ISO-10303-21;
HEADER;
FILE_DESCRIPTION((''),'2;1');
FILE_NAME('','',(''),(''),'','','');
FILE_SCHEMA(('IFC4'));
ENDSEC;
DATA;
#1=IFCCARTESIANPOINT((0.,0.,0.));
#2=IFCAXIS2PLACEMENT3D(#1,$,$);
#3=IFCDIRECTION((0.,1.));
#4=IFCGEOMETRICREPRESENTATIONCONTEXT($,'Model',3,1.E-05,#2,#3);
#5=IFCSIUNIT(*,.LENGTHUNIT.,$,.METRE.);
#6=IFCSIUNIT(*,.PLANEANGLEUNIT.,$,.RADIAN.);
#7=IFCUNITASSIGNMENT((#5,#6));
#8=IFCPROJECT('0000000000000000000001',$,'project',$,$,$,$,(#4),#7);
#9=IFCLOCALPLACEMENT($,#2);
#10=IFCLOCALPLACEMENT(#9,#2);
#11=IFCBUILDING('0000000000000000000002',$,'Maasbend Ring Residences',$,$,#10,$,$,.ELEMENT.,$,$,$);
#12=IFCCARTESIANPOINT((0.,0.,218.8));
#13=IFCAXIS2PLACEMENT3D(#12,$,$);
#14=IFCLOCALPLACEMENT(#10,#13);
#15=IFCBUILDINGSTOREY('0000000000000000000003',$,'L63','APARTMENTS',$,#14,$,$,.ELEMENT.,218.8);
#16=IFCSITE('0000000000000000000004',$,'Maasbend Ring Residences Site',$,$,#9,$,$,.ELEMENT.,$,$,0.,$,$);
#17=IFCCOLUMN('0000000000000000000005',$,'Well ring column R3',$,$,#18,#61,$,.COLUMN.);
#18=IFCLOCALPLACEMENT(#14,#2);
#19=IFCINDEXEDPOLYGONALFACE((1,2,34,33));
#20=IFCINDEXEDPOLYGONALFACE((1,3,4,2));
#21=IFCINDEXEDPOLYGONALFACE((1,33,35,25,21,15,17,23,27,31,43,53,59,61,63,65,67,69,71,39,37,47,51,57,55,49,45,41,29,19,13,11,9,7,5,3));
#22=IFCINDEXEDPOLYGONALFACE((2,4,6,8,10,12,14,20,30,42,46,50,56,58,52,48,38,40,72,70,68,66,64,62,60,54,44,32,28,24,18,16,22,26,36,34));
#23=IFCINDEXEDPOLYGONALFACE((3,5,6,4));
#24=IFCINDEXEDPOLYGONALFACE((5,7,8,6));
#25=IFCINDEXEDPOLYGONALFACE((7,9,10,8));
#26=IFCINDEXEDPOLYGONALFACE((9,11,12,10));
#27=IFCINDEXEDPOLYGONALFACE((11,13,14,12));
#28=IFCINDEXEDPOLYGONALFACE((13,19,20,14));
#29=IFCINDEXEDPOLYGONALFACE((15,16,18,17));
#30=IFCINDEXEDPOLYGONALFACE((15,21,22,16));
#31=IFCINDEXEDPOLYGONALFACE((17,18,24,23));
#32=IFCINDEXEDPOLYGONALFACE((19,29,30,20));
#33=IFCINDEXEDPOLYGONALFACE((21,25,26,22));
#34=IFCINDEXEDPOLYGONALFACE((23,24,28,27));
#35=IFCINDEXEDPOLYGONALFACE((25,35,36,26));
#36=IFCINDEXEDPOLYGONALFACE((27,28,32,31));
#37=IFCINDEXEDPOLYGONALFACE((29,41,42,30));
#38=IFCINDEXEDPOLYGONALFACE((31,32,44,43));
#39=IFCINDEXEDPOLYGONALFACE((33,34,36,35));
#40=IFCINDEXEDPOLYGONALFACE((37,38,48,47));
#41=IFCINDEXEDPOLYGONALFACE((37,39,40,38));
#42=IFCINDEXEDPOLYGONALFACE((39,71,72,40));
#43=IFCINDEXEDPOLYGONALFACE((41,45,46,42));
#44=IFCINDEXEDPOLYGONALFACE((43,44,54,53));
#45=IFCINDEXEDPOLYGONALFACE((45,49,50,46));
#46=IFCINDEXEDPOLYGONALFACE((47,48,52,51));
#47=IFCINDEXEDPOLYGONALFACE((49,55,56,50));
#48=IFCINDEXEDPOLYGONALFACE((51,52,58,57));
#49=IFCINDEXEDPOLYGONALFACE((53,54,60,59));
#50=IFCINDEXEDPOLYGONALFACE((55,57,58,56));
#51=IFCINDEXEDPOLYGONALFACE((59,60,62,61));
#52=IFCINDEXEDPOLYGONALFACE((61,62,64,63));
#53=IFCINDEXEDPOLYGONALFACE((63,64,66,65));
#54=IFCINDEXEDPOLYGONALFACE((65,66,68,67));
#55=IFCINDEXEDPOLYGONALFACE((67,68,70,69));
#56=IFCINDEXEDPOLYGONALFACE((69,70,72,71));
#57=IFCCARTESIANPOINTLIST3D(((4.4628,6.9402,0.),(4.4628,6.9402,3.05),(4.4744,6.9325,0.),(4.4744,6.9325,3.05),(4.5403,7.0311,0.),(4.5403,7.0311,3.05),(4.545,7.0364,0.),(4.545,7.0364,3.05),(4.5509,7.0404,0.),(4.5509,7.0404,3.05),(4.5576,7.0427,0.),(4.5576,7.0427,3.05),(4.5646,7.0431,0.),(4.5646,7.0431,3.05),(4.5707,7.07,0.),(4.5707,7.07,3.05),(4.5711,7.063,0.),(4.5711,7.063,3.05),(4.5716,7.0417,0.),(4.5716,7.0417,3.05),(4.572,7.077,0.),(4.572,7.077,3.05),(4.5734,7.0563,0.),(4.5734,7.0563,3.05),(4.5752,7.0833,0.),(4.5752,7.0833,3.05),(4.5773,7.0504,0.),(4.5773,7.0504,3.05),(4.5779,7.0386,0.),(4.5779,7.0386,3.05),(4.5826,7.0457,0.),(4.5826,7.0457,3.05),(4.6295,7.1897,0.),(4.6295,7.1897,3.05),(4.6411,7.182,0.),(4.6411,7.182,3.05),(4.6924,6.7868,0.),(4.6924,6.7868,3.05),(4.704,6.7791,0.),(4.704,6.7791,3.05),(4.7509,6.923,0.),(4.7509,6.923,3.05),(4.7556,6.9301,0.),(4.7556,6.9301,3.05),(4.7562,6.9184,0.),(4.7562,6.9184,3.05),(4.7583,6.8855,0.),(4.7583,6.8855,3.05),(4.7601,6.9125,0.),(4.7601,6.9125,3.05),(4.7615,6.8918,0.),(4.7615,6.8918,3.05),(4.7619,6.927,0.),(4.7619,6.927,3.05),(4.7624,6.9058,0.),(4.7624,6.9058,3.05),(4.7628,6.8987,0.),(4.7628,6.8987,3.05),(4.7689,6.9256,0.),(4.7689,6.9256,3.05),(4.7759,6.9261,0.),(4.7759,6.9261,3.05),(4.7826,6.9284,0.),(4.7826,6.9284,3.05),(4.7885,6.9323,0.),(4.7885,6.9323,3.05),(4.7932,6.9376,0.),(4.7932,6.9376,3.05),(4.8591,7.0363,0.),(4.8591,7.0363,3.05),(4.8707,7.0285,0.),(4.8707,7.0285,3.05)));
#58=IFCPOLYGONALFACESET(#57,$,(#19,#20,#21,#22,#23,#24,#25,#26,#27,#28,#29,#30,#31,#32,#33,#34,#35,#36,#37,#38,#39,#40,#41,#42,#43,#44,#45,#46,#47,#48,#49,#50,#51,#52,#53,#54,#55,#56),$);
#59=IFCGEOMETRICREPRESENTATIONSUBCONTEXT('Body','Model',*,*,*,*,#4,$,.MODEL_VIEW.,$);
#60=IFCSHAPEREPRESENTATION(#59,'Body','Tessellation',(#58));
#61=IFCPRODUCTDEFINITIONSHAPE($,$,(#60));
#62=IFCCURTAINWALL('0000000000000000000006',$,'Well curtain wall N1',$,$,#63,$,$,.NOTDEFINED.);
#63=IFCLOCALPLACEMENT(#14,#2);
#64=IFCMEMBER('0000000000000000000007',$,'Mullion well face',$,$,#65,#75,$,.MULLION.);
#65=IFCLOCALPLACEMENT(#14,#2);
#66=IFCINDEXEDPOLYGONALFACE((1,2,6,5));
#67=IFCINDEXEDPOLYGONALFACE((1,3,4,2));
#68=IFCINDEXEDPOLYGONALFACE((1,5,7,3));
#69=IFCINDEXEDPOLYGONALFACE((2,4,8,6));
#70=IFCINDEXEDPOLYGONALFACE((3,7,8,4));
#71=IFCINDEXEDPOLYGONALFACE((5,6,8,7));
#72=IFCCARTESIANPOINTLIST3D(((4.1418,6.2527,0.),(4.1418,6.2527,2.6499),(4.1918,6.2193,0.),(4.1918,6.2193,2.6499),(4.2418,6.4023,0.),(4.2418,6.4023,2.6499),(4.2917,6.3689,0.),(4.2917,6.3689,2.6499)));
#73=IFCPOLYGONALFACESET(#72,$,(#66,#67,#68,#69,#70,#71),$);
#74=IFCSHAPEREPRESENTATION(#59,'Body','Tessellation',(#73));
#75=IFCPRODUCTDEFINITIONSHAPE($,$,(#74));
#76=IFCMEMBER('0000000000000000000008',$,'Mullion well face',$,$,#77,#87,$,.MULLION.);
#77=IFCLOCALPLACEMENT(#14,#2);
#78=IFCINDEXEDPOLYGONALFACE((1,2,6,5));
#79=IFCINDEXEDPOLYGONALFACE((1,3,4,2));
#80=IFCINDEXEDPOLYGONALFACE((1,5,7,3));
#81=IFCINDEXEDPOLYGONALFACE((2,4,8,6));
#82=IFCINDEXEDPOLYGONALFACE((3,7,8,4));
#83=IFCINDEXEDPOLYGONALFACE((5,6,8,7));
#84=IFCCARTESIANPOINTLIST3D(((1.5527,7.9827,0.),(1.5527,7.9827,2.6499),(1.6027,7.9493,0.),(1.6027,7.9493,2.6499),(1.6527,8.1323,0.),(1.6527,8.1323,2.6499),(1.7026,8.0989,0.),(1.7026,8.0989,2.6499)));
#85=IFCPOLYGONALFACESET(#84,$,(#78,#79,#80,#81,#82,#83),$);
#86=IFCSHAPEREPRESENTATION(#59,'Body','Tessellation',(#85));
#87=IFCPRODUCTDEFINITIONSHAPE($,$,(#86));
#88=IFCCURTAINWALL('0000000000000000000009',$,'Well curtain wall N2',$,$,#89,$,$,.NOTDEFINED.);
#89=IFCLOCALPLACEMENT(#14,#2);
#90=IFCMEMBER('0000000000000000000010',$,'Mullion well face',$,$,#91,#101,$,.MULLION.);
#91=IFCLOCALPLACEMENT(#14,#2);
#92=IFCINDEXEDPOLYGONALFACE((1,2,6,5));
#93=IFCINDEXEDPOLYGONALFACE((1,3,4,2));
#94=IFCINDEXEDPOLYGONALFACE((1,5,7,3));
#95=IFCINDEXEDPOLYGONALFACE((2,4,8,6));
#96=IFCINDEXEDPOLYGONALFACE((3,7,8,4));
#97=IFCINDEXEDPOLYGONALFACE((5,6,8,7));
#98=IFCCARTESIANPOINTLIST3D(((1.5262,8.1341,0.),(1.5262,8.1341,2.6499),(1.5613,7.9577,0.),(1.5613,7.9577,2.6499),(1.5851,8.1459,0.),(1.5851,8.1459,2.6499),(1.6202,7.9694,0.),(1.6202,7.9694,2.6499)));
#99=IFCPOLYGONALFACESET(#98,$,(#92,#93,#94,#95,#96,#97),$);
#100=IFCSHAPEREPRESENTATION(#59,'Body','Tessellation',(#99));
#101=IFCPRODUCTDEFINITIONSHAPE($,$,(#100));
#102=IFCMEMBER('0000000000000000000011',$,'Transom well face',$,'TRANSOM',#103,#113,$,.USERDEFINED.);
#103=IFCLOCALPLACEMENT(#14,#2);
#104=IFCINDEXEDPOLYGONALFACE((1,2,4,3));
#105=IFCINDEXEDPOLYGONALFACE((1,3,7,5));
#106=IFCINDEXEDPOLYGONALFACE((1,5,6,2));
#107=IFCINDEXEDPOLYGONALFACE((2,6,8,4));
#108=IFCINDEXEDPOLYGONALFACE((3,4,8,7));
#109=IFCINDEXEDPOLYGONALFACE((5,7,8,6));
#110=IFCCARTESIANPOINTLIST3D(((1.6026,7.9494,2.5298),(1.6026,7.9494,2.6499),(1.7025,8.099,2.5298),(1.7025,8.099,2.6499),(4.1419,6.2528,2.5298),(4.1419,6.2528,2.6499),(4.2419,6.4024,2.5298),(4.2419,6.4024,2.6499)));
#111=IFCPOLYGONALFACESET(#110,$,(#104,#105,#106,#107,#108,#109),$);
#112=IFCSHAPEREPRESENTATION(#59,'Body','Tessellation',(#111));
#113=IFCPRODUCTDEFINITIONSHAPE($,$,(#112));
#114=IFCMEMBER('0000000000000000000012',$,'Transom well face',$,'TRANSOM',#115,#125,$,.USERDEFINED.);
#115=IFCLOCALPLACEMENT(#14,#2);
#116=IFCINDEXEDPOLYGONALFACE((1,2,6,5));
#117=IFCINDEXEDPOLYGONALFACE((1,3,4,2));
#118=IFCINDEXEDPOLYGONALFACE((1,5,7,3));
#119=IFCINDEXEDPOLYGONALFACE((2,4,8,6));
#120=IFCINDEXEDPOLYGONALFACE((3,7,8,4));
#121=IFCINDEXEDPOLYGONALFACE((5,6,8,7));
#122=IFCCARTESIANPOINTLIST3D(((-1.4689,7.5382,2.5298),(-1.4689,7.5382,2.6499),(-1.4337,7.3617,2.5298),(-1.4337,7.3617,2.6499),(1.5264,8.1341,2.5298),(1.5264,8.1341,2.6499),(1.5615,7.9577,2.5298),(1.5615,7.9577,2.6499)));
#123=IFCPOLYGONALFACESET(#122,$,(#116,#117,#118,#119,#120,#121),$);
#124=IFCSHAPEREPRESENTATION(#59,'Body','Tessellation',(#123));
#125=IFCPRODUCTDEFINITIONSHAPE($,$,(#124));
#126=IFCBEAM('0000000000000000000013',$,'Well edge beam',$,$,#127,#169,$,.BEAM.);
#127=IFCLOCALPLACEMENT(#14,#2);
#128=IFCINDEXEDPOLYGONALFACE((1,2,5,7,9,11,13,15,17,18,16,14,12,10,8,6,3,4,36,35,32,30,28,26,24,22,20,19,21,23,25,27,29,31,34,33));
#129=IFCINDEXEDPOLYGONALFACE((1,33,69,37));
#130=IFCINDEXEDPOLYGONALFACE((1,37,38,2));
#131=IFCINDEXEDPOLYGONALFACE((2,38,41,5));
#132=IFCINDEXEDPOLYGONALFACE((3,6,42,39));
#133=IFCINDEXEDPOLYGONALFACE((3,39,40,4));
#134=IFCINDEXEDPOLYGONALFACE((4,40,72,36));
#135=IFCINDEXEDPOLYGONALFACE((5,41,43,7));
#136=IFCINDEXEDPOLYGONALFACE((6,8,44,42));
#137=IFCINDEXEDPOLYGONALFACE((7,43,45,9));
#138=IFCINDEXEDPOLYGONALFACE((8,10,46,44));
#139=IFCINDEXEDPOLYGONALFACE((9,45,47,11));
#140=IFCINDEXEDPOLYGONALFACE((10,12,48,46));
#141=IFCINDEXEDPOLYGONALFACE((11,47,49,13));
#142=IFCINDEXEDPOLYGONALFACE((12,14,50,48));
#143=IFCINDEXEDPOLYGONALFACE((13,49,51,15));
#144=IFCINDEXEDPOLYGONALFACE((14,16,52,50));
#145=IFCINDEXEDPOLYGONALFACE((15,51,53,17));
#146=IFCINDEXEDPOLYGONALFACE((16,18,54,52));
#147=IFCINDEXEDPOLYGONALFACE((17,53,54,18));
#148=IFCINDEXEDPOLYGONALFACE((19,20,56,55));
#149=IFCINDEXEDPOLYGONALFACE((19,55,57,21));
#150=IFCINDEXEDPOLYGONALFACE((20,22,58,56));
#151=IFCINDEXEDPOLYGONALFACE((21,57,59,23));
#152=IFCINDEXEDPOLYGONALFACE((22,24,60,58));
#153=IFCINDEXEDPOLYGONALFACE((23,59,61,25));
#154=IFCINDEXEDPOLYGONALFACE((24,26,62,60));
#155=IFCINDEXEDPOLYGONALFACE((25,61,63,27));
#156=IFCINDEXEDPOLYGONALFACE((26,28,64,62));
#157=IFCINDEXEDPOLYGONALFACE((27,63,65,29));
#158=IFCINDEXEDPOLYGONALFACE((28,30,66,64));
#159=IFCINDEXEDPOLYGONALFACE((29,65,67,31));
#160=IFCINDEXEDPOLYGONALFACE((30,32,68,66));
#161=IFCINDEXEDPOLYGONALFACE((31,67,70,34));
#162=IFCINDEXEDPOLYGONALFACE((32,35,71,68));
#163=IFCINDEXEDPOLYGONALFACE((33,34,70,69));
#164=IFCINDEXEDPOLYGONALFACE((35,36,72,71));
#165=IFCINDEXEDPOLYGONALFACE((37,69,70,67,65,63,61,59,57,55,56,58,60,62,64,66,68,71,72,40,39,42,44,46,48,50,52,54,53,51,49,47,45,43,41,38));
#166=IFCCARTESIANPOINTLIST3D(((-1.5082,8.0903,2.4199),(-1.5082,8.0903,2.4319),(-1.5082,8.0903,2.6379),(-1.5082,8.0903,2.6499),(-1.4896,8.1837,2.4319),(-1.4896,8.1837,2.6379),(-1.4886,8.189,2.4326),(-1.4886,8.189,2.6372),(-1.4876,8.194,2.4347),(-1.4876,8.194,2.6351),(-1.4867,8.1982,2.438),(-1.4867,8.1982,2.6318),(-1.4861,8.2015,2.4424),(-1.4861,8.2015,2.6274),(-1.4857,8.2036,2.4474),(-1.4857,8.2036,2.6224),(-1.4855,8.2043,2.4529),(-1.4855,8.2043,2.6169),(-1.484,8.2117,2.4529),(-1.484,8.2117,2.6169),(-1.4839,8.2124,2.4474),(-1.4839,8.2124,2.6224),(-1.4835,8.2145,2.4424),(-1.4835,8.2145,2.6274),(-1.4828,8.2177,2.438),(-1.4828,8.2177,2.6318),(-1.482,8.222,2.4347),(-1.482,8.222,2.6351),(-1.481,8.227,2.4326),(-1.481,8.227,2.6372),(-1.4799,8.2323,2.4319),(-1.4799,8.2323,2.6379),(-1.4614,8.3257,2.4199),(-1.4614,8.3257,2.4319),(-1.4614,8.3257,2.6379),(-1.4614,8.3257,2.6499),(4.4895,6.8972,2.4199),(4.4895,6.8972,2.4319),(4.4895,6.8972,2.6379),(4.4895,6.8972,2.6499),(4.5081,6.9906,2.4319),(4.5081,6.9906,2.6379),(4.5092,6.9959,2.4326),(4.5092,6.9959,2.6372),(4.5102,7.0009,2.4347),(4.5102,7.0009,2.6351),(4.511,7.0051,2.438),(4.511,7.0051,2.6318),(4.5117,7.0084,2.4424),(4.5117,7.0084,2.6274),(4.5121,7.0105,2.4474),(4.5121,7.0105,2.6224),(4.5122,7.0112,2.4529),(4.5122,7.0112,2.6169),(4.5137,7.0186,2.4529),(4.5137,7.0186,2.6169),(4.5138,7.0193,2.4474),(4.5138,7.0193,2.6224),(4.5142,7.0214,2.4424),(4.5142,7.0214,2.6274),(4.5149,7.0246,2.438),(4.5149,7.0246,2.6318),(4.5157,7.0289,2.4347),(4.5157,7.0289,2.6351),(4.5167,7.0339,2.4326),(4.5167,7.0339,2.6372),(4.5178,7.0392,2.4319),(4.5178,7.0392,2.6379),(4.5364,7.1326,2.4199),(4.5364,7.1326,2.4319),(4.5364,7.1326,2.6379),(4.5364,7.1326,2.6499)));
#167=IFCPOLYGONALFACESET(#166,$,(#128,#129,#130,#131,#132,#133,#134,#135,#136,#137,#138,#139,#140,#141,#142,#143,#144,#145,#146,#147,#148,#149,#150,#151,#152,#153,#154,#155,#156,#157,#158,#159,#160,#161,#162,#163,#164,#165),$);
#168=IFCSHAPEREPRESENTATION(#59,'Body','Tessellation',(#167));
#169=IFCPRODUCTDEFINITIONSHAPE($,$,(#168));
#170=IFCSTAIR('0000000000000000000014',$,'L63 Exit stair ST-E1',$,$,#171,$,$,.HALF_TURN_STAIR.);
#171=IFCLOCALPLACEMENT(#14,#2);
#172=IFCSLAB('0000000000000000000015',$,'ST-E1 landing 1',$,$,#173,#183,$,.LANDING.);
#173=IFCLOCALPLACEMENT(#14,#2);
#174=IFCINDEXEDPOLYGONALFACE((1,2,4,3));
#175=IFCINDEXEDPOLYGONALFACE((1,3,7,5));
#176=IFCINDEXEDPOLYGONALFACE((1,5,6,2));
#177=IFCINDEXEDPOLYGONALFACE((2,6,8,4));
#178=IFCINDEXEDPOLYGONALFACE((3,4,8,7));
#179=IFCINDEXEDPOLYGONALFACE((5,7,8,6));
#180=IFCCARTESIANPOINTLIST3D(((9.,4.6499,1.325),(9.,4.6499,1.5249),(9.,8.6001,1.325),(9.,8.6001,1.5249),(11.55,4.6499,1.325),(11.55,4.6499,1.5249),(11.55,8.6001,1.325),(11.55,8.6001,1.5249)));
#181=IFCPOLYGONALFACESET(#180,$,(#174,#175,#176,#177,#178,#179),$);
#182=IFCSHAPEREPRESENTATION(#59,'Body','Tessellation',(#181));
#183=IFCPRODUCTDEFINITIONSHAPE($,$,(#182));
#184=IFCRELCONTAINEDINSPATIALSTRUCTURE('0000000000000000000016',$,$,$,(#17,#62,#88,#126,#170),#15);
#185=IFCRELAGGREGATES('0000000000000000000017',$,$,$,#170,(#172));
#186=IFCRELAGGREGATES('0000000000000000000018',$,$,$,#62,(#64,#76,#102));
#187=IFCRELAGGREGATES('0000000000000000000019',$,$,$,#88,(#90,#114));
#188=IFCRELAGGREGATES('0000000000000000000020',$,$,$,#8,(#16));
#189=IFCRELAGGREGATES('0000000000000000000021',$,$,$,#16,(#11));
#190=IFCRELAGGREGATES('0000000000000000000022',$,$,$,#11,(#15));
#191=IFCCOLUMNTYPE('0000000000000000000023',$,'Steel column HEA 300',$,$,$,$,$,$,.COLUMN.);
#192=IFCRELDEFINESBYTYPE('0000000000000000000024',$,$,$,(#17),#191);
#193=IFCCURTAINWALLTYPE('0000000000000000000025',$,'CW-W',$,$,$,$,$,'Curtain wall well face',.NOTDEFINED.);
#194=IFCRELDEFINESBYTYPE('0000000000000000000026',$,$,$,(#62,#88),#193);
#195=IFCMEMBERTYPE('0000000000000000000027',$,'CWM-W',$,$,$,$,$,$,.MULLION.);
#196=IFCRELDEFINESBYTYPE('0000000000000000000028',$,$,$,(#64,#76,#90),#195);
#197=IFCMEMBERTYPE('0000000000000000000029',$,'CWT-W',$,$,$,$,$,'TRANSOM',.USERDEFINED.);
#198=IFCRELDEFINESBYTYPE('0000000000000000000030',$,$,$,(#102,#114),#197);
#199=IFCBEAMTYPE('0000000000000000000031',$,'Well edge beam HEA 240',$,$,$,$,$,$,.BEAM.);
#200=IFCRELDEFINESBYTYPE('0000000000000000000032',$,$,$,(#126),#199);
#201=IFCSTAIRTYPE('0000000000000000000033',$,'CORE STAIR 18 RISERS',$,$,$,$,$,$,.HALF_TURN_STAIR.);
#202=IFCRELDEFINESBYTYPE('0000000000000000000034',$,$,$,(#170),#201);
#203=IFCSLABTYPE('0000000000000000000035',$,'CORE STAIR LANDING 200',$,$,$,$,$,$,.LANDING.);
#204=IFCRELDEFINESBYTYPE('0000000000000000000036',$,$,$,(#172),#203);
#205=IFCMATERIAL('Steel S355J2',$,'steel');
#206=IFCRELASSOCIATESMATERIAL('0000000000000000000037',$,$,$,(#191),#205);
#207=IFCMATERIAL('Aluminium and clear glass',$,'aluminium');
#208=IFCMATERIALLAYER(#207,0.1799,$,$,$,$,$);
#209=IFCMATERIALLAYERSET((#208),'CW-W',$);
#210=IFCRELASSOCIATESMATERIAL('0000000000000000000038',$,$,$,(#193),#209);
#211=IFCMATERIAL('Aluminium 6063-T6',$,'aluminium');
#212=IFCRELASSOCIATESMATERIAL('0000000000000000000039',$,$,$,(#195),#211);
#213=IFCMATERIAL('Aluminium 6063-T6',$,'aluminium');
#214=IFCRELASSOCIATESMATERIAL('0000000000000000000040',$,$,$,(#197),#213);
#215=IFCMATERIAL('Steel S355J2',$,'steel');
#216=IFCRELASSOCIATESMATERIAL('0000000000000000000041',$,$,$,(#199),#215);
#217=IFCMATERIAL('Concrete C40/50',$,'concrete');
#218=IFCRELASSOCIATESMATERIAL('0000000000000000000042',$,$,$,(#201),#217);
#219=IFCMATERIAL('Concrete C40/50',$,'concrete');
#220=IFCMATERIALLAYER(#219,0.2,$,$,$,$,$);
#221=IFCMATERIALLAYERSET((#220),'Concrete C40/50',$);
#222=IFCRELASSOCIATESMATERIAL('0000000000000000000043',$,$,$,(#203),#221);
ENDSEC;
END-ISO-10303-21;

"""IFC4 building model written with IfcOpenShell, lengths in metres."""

from ifc_helpers import new_model, si_unit, direction, frame, origin, origin_2d, place, context, subcontext, project, spatial, polyline, rectangle, i_section, outline, extrude, material, layer, layer_set, material_profile, profile_set, type_object, element, aggregate, save


model = new_model("IFC4")

# Units and contexts
model_context = context("Model", 3, precision=1e-05, world=origin(), true_north=direction((0.0, 1.0)))
body_context = subcontext(model_context, "Body", "Model", "MODEL_VIEW")
ifc_project = project(units=[si_unit("LENGTHUNIT", "METRE"), si_unit("PLANEANGLEUNIT", "RADIAN")], contexts=[model_context])

# Site, building, storey
site_placement = place(None, origin())
site = spatial("IfcSite", under=ifc_project, at=site_placement, Name="Maasbend Ring Residences Site", CompositionType="ELEMENT", RefElevation=0.0)
building_placement = place(site_placement, origin())
building = spatial("IfcBuilding", under=site, at=building_placement, Name="Maasbend Ring Residences", CompositionType="ELEMENT")
storey_placement = place(building_placement, frame((0.0, 0.0, 218.8)))
storey = spatial("IfcBuildingStorey", under=building, at=storey_placement, Name="L63", Description="APARTMENTS", CompositionType="ELEMENT", Elevation=218.8)

# Column
ifc_material_1 = material(Name="Steel S355J2", Category="steel")
ifc_material_profile_1 = material_profile(ifc_material_1, i_section(OverallWidth=0.3, OverallDepth=0.29, WebThickness=0.0085, FlangeThickness=0.0139, FilletRadius=0.0271, at=origin_2d()), Name="HEA 300")
ifc_profile_set_1 = profile_set([ifc_material_profile_1], Name="Steel S355J2")
column_type = type_object("IfcColumnType", Name="Steel column HEA 300", PredefinedType="COLUMN", material=ifc_profile_set_1)
column_placement = place(storey_placement, frame((4.6667, 6.9844, 0.0), z_axis=(0.0, 0.0, 1.0), x_axis=(0.55557, 0.83147, 0.0)))
element("IfcColumn", 1, at=column_placement, inside=storey, type_object=column_type, Name="Well ring column R3", PredefinedType="COLUMN", context=body_context, shape_type="SweptSolid", body=[
    extrude(i_section(OverallWidth=0.3, OverallDepth=0.29, WebThickness=0.0085, FlangeThickness=0.0139, FilletRadius=0.0271, at=origin_2d()), origin(), (0.0, 0.0, 1.0), 3.05),
])

# Curtain wall, members
ifc_material_2 = material(Name="Aluminium and clear glass", Category="aluminium")
ifc_layer_1 = layer(ifc_material_2, 0.1799)
ifc_layer_set_1 = layer_set([ifc_layer_1], Name="CW-W")
curtain_wall_type = type_object("IfcCurtainWallType", Name="CW-W", ElementType="Curtain wall well face", PredefinedType="NOTDEFINED", material=ifc_layer_set_1)
curtain_wall_1_placement = place(storey_placement, origin())
curtain_wall_1 = element("IfcCurtainWall", 2, at=curtain_wall_1_placement, inside=storey, type_object=curtain_wall_type, Name="Well curtain wall N1", PredefinedType="NOTDEFINED")
ifc_material_3 = material(Name="Aluminium 6063-T6", Category="aluminium")
ifc_material_profile_2 = material_profile(ifc_material_3, rectangle(XDim=0.1799, YDim=0.0601, at=origin_2d()), Name="AL 180x60")
ifc_profile_set_2 = profile_set([ifc_material_profile_2], Name="Aluminium 6063-T6")
member_type_1 = type_object("IfcMemberType", Name="CWM-W", PredefinedType="MULLION", material=ifc_profile_set_2)
member_1_placement = place(storey_placement, frame((4.2168, 6.3108, 0.0), z_axis=(0.0, 0.0, 1.0), x_axis=(-0.55557, -0.83147, 0.0)))
member_1 = element("IfcMember", 3, at=member_1_placement, type_object=member_type_1, Name="Mullion well face", PredefinedType="MULLION", context=body_context, shape_type="SweptSolid", body=[
    extrude(rectangle(XDim=0.1799, YDim=0.0601, at=origin_2d()), origin(), (0.0, 0.0, 1.0), 2.6499),
])
member_2_placement = place(storey_placement, frame((1.6277, 8.0408, 0.0), z_axis=(0.0, 0.0, 1.0), x_axis=(-0.55557, -0.83147, 0.0)))
member_2 = element("IfcMember", 4, at=member_2_placement, type_object=member_type_1, Name="Mullion well face", PredefinedType="MULLION", context=body_context, shape_type="SweptSolid", body=[
    extrude(rectangle(XDim=0.1799, YDim=0.0601, at=origin_2d()), origin(), (0.0, 0.0, 1.0), 2.6499),
])

# Curtain wall, member
curtain_wall_2_placement = place(storey_placement, origin())
curtain_wall_2 = element("IfcCurtainWall", 5, at=curtain_wall_2_placement, inside=storey, type_object=curtain_wall_type, Name="Well curtain wall N2", PredefinedType="NOTDEFINED")
member_3_placement = place(storey_placement, frame((1.5732, 8.0518, 0.0), z_axis=(0.0, 0.0, 1.0), x_axis=(0.19509, -0.980785, 0.0)))
member_3 = element("IfcMember", 6, at=member_3_placement, type_object=member_type_1, Name="Mullion well face", PredefinedType="MULLION", context=body_context, shape_type="SweptSolid", body=[
    extrude(rectangle(XDim=0.1799, YDim=0.0601, at=origin_2d()), origin(), (0.0, 0.0, 1.0), 2.6499),
])

# Members
ifc_material_4 = material(Name="Aluminium 6063-T6", Category="aluminium")
ifc_material_profile_3 = material_profile(ifc_material_4, rectangle(XDim=0.1799, YDim=0.1201, at=origin_2d()), Name="AL 180x120")
ifc_profile_set_3 = profile_set([ifc_material_profile_3], Name="Aluminium 6063-T6")
member_type_2 = type_object("IfcMemberType", Name="CWT-W", ElementType="TRANSOM", PredefinedType="USERDEFINED", material=ifc_profile_set_3)
member_4_placement = place(storey_placement, frame((4.1919, 6.3276, 2.5898), z_axis=(-0.831496, 0.55553, 0.0), x_axis=(-0.55553, -0.831496, 0.0)))
member_4 = element("IfcMember", 7, at=member_4_placement, type_object=member_type_2, Name="Transom well face", ObjectType="TRANSOM", PredefinedType="USERDEFINED", context=body_context, shape_type="SweptSolid", body=[
    extrude(rectangle(XDim=0.1799, YDim=0.1201, at=origin_2d()), origin(), (0.0, 0.0, 1.0), 3.054),
])
member_5_placement = place(storey_placement, frame((1.5439, 8.0459, 2.5898), z_axis=(-0.980777, -0.195132, 0.0), x_axis=(0.195132, -0.980777, 0.0)))
member_5 = element("IfcMember", 8, at=member_5_placement, type_object=member_type_2, Name="Transom well face", ObjectType="TRANSOM", PredefinedType="USERDEFINED", context=body_context, shape_type="SweptSolid", body=[
    extrude(rectangle(XDim=0.1799, YDim=0.1201, at=origin_2d()), origin(), (0.0, 0.0, 1.0), 3.054),
])

# Beam
ifc_material_5 = material(Name="Steel S355J2", Category="steel")
ifc_material_profile_4 = material_profile(ifc_material_5, i_section(OverallWidth=0.24, OverallDepth=0.23, WebThickness=0.0076, FlangeThickness=0.012, FilletRadius=0.021, at=origin_2d()), Name="HEA 240")
ifc_profile_set_4 = profile_set([ifc_material_profile_4], Name="Steel S355J2")
beam_type = type_object("IfcBeamType", Name="Well edge beam HEA 240", PredefinedType="BEAM", material=ifc_profile_set_4)
beam_placement = place(storey_placement, frame((4.5129, 7.0149, 2.5349), z_axis=(-0.980783, 0.195103, 0.0), x_axis=(-0.195103, -0.980783, 0.0)))
element("IfcBeam", 9, at=beam_placement, inside=storey, type_object=beam_type, Name="Well edge beam", PredefinedType="BEAM", context=body_context, shape_type="SweptSolid", body=[
    extrude(i_section(OverallWidth=0.24, OverallDepth=0.23, WebThickness=0.0076, FlangeThickness=0.012, FilletRadius=0.021, at=origin_2d()), origin(), (0.0, 0.0, 1.0), 6.1152),
])

# Stair, slab
ifc_material_6 = material(Name="Concrete C40/50", Category="concrete")
stair_type = type_object("IfcStairType", Name="CORE STAIR 18 RISERS", PredefinedType="HALF_TURN_STAIR", material=ifc_material_6)
stair_1_placement = place(storey_placement, origin())
stair_1 = element("IfcStair", 10, at=stair_1_placement, inside=storey, type_object=stair_type, Name="L63 Exit stair ST-E1", PredefinedType="HALF_TURN_STAIR")
ifc_material_7 = material(Name="Concrete C40/50", Category="concrete")
ifc_layer_2 = layer(ifc_material_7, 0.2)
ifc_layer_set_2 = layer_set([ifc_layer_2], Name="Concrete C40/50")
slab_type = type_object("IfcSlabType", Name="CORE STAIR LANDING 200", PredefinedType="LANDING", material=ifc_layer_set_2)
slab_1_placement = place(storey_placement, frame((0.0, 0.0, 1.325)))
slab_1 = element("IfcSlab", 11, at=slab_1_placement, type_object=slab_type, Name="ST-E1 landing 1", PredefinedType="LANDING", context=body_context, shape_type="SweptSolid", body=[
    extrude(outline(polyline([(11.55, 8.6001), (9.0, 8.6001), (9.0, 4.6499), (11.55, 4.6499), (11.55, 8.6001)])), origin(), (0.0, 0.0, 1.0), 0.2),
])
aggregate(stair_1, [slab_1])

aggregate(curtain_wall_1, [member_1, member_2, member_4])
aggregate(curtain_wall_2, [member_3, member_5])

save(model, "model.ifc")
